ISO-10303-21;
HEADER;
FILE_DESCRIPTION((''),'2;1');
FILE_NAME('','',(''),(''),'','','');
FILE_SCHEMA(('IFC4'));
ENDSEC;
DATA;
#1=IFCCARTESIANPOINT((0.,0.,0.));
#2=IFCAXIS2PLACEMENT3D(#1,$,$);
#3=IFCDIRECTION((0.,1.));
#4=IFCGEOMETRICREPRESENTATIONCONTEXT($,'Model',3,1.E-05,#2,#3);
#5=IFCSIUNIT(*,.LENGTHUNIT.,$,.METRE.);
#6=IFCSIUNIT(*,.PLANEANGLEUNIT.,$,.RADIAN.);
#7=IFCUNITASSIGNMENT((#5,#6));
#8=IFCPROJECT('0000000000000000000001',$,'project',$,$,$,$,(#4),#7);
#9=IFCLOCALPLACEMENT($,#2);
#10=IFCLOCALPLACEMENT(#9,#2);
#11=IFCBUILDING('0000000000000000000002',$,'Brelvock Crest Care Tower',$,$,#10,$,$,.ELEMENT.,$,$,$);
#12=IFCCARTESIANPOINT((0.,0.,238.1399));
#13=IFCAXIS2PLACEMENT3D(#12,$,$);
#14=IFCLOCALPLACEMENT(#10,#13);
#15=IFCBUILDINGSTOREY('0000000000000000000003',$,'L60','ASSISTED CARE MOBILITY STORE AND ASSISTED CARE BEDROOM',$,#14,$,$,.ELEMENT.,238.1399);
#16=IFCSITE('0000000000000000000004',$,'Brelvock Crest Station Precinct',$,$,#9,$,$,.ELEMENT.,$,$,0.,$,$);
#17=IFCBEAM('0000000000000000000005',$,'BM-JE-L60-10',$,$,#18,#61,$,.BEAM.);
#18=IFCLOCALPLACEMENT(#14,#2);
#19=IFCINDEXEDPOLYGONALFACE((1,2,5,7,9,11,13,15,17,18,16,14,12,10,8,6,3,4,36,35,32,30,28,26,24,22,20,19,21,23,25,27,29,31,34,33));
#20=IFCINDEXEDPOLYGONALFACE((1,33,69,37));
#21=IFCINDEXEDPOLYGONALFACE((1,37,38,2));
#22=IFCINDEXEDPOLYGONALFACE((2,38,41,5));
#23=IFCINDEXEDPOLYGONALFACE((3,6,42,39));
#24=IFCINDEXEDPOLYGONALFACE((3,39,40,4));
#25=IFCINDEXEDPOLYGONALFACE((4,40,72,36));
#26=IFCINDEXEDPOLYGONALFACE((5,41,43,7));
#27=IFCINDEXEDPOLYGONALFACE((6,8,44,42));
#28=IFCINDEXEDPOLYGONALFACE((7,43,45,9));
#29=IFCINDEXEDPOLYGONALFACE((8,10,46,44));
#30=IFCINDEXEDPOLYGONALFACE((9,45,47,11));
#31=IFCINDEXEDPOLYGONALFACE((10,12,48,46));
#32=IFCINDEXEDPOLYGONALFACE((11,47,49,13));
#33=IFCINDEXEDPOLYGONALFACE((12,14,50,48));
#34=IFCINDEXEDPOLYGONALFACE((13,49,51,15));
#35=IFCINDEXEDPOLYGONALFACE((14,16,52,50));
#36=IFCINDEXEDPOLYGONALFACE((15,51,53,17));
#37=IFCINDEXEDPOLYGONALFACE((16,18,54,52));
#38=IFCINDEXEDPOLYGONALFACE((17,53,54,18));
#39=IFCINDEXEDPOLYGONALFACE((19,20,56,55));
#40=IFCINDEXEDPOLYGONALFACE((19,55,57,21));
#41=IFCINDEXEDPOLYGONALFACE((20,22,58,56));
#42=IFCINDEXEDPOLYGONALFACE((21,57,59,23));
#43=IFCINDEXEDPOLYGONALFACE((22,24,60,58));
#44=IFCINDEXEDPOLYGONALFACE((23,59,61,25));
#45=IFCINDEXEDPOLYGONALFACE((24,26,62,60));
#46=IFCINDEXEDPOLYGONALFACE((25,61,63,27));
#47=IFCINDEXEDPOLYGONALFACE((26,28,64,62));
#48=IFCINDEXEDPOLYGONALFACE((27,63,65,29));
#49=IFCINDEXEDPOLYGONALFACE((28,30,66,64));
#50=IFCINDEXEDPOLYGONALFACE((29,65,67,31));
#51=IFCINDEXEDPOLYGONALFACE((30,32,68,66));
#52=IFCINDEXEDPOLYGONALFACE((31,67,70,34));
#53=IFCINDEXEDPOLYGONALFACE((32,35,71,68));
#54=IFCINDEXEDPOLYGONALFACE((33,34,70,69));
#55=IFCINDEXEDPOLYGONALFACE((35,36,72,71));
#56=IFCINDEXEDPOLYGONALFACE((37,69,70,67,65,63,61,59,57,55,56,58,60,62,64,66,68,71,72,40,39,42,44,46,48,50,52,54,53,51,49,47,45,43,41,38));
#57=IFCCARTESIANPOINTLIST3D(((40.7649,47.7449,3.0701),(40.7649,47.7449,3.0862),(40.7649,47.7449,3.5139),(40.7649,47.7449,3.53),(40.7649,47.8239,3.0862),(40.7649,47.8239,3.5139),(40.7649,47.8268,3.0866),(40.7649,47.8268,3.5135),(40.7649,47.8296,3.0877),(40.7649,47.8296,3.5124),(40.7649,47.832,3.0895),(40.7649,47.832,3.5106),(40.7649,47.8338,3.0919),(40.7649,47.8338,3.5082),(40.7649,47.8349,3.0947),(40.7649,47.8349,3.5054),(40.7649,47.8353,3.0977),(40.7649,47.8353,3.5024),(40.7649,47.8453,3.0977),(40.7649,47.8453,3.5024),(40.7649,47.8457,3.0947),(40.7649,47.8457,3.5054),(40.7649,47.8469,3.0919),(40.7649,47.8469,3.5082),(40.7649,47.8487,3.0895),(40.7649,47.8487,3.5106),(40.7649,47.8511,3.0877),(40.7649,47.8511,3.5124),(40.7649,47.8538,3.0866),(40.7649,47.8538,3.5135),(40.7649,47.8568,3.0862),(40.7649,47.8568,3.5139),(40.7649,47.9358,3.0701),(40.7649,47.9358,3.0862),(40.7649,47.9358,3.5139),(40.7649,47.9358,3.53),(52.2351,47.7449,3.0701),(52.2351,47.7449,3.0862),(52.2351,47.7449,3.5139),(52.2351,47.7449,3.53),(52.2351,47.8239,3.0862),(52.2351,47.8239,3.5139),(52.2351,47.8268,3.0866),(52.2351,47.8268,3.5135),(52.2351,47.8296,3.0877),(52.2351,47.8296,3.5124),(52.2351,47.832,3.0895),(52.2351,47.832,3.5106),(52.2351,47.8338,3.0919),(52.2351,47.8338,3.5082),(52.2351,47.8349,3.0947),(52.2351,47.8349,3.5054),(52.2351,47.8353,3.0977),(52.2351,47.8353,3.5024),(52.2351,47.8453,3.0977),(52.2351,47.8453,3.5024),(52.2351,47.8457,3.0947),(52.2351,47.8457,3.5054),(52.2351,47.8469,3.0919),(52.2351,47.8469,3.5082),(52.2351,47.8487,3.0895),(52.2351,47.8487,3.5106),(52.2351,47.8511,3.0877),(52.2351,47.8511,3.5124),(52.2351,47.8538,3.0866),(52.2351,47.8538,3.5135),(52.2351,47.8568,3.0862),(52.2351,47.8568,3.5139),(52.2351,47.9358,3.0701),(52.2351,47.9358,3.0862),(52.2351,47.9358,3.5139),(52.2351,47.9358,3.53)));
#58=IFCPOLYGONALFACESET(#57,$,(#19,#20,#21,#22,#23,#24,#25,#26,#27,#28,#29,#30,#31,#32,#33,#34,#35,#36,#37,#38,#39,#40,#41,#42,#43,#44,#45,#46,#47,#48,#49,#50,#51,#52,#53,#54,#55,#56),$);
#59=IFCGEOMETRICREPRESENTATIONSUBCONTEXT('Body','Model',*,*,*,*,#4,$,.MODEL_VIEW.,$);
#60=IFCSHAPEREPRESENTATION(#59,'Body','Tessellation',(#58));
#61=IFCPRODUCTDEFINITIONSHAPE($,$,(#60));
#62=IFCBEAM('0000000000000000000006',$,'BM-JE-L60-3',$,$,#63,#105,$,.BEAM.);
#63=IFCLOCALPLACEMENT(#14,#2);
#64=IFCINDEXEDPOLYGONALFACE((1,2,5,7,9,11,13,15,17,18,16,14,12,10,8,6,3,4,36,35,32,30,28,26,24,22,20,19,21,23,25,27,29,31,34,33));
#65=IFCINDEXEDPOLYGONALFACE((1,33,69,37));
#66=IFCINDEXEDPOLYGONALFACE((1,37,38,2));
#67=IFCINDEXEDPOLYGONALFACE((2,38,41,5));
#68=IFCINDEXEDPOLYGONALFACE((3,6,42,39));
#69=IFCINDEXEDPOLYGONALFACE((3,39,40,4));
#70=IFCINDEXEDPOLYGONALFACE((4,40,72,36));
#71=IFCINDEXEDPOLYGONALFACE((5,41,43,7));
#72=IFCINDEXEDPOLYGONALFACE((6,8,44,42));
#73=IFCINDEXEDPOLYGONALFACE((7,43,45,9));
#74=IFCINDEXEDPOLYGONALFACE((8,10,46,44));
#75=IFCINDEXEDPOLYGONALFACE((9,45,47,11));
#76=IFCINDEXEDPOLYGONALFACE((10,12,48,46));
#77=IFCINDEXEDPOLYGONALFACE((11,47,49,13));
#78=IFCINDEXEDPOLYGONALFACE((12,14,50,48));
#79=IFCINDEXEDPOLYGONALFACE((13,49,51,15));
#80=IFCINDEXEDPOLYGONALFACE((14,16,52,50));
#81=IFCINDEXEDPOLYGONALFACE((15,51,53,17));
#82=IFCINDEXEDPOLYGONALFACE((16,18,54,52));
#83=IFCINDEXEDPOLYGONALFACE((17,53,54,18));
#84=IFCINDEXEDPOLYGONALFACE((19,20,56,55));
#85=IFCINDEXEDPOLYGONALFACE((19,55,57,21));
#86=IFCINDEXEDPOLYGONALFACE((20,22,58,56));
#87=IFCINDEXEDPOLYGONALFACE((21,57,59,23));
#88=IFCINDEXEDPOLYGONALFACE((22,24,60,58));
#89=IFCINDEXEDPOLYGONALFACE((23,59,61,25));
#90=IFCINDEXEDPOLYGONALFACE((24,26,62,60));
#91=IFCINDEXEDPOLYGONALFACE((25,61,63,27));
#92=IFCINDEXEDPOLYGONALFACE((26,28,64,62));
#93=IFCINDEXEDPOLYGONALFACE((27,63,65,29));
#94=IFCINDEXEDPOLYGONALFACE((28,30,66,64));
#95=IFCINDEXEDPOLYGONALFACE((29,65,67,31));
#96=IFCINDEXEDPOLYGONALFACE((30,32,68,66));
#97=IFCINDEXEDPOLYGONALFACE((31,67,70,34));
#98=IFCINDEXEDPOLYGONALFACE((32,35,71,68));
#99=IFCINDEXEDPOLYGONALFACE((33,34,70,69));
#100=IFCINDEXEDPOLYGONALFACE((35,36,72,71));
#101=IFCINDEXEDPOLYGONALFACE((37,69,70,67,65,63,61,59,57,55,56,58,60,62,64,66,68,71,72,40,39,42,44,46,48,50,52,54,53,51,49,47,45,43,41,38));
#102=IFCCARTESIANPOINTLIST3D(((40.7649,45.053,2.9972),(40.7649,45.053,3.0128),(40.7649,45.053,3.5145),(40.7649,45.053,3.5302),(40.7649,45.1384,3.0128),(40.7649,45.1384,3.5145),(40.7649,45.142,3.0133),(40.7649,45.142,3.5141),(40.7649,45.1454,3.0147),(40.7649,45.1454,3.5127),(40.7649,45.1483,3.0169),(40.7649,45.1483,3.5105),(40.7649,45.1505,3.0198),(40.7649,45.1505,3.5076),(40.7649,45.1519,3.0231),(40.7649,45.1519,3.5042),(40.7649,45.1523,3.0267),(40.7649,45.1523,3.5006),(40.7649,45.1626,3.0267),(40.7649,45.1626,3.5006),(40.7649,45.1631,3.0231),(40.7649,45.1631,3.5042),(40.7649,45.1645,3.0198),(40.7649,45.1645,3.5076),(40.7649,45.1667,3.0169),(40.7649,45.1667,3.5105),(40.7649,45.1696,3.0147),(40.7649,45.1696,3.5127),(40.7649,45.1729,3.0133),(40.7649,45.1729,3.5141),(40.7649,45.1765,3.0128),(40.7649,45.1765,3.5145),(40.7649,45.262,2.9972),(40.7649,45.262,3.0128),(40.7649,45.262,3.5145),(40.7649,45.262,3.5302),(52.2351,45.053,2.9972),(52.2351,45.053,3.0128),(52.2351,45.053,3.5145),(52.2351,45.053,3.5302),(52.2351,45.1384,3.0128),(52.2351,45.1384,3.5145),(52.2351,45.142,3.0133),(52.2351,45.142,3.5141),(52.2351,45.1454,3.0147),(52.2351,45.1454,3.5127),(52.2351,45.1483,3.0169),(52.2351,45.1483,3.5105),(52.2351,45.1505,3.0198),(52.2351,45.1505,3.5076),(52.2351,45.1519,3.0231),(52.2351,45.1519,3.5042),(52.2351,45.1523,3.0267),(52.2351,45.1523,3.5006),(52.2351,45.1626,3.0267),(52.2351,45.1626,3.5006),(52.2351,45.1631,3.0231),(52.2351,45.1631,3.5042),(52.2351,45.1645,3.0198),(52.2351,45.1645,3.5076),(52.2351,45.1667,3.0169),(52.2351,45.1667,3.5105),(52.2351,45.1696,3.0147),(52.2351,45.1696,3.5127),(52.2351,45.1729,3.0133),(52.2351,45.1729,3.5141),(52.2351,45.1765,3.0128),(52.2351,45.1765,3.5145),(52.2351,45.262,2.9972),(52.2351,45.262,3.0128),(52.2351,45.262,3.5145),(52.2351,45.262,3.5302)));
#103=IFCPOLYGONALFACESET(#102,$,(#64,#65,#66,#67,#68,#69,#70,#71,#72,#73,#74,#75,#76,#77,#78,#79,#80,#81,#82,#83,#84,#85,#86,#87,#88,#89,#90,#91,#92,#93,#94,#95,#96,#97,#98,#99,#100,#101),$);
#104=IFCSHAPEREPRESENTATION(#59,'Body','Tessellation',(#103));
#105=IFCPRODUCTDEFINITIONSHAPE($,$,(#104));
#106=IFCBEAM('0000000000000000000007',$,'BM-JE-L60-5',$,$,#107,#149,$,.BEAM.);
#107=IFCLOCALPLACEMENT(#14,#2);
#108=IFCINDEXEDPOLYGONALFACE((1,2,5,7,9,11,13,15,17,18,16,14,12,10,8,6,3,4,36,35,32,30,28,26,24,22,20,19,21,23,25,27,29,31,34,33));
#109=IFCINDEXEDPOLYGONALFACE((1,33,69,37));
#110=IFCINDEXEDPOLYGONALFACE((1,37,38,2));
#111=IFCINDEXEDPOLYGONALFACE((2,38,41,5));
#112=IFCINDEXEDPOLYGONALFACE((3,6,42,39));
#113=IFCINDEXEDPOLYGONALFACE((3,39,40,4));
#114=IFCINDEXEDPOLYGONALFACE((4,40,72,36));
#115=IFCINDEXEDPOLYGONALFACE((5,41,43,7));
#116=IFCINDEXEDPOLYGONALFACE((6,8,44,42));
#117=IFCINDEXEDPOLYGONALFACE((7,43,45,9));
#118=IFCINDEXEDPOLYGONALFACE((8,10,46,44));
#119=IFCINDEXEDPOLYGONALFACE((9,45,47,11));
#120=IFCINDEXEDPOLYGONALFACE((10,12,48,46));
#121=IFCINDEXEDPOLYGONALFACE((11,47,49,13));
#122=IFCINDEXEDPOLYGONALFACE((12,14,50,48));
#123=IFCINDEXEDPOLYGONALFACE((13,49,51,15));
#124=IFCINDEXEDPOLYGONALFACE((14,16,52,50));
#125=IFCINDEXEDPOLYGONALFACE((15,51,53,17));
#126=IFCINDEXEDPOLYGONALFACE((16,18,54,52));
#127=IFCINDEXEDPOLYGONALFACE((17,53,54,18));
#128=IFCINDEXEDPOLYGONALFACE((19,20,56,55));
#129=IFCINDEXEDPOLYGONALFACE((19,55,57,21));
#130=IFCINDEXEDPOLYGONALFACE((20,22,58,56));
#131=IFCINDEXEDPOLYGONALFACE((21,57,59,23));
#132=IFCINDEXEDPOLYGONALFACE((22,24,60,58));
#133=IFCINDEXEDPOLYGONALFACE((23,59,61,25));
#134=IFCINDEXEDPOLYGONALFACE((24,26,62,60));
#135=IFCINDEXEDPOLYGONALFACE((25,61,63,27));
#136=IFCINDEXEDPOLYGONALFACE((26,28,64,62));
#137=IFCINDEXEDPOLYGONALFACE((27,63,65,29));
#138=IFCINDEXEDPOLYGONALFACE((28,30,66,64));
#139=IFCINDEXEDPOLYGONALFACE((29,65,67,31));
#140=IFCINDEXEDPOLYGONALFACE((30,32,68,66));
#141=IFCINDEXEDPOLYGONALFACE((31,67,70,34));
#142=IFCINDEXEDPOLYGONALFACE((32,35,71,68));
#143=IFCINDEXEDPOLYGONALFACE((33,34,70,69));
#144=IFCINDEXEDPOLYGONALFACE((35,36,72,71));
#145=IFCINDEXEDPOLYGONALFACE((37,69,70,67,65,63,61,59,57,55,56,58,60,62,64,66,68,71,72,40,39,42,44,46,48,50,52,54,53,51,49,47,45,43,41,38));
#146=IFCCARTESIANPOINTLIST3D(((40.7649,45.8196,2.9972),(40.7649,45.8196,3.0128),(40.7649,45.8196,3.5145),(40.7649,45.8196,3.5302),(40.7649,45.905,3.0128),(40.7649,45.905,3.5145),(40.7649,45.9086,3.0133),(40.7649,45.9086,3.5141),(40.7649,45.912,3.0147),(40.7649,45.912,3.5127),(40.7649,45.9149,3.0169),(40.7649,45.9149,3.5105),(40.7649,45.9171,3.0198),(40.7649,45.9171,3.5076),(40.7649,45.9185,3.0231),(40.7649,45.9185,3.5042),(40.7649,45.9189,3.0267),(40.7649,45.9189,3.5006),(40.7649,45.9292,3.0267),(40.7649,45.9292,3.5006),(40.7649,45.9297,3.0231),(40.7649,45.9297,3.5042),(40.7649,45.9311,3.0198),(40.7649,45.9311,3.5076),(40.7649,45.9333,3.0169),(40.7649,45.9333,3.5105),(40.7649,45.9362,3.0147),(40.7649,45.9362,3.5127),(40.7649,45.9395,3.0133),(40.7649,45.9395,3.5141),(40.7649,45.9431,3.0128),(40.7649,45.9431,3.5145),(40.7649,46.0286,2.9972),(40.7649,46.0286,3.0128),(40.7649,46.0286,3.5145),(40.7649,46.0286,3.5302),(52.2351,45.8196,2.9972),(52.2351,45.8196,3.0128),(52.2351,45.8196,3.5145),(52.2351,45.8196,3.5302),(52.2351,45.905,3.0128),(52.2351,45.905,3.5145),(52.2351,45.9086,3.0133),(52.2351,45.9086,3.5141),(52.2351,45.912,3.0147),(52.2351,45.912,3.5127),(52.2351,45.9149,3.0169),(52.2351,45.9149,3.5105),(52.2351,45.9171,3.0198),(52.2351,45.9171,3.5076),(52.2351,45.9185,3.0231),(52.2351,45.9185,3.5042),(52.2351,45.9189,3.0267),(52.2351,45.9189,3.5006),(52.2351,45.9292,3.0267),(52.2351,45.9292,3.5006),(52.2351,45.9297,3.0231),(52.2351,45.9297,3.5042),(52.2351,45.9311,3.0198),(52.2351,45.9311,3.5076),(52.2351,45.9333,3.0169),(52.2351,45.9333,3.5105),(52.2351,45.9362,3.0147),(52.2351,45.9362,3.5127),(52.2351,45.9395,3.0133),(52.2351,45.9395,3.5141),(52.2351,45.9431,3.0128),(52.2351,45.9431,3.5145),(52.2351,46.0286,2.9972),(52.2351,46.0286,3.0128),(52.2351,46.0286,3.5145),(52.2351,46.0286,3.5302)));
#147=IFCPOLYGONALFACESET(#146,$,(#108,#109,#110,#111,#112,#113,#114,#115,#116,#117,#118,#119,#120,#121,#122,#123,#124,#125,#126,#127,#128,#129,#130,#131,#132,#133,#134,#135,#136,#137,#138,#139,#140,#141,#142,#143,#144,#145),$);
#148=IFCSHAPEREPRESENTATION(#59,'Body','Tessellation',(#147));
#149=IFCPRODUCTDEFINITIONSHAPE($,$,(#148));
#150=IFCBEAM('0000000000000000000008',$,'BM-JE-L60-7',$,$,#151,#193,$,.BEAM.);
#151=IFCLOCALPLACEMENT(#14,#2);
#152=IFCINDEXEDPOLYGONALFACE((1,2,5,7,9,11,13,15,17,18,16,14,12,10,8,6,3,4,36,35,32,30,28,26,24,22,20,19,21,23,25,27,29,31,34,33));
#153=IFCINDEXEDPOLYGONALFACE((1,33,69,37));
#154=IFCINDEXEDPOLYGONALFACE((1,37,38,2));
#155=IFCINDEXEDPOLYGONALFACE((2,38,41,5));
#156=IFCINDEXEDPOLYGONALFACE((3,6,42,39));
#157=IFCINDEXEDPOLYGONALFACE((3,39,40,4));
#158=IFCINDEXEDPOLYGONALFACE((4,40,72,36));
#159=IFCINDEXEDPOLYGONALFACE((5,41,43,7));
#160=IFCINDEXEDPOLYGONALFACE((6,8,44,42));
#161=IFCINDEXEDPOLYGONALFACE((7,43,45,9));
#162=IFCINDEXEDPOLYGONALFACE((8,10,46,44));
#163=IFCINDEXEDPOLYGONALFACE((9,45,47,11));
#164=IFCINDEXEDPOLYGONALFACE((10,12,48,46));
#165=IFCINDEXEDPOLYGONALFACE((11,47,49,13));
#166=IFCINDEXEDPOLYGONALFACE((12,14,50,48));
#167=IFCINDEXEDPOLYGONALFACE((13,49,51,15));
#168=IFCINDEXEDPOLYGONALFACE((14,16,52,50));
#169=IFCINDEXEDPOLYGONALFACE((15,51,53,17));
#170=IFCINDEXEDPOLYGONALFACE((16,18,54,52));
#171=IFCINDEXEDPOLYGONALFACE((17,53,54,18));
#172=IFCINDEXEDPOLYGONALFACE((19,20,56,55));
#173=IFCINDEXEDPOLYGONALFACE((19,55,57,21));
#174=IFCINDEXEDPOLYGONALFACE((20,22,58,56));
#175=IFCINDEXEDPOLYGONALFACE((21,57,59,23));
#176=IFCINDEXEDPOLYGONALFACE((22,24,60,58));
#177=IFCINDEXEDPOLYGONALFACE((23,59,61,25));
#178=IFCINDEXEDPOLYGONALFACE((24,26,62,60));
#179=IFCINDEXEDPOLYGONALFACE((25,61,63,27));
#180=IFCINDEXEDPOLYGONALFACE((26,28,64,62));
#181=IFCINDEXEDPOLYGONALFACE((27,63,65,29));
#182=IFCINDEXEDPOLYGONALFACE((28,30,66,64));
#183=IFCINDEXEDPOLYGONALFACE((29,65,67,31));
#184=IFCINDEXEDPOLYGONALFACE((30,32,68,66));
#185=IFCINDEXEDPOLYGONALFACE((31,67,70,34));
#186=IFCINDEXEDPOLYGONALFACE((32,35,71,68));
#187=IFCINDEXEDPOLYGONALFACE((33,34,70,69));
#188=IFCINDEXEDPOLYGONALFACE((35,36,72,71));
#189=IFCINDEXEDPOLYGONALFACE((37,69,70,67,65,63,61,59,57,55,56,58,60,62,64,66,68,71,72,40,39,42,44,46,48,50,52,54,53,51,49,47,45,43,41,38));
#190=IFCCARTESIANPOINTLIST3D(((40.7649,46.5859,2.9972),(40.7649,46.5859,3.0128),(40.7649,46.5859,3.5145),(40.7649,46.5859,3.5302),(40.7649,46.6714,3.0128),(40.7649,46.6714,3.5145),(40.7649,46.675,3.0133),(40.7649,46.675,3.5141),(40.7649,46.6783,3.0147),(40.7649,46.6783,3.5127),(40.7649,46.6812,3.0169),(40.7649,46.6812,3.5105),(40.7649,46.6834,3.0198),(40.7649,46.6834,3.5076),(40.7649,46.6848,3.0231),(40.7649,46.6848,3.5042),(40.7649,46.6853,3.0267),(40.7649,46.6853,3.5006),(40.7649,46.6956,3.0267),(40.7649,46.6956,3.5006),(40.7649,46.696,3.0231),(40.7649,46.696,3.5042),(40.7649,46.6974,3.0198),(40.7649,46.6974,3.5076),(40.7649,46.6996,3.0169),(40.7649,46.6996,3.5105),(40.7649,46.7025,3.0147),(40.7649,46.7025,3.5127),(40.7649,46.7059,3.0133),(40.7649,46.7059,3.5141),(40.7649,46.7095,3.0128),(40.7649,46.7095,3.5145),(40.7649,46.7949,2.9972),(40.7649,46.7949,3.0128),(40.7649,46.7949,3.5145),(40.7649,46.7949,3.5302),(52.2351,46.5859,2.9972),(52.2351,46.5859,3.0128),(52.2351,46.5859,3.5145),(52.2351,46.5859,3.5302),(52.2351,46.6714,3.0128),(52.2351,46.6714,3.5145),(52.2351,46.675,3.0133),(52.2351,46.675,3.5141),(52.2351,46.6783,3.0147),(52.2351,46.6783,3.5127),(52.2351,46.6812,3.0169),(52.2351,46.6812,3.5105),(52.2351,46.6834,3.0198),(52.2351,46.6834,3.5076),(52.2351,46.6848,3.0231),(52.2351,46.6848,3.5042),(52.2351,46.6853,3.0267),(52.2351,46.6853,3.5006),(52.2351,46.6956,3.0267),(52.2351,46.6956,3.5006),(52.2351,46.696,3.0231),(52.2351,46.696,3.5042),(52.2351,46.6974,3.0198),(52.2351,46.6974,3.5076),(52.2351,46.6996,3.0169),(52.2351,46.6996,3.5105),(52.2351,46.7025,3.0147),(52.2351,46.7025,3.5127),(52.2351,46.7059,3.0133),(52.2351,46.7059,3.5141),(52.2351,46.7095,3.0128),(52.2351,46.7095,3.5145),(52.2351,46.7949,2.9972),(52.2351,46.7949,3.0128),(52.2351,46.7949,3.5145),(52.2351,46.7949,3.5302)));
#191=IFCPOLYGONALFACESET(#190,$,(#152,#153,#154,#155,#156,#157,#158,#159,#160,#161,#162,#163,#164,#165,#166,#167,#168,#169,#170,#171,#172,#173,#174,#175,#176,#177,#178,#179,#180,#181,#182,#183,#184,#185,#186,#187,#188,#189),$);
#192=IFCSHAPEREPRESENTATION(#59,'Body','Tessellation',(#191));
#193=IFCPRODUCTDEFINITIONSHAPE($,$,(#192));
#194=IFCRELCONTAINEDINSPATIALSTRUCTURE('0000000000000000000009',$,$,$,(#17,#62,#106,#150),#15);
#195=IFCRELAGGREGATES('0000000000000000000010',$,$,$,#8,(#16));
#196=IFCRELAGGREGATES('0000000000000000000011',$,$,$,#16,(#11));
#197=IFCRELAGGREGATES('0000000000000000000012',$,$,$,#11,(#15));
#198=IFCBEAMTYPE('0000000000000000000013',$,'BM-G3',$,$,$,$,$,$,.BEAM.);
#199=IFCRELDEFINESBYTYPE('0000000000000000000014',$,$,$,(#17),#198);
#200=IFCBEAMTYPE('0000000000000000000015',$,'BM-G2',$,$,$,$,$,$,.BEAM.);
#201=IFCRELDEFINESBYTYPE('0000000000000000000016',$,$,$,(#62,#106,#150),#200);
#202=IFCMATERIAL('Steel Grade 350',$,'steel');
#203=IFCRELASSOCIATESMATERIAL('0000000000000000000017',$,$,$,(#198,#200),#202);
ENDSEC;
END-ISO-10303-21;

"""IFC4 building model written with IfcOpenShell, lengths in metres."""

from ifc_helpers import new_model, si_unit, direction, frame, origin, origin_2d, place, context, subcontext, project, spatial, i_section, extrude, source, transform, mapped, material, material_profile, profile_set, type_object, element, save


model = new_model("IFC4")

# Units and contexts
model_context = context("Model", 3, precision=1e-05, world=origin(), true_north=direction((0.0, 1.0)))
body_context = subcontext(model_context, "Body", "Model", "MODEL_VIEW")
ifc_project = project(units=[si_unit("LENGTHUNIT", "METRE"), si_unit("PLANEANGLEUNIT", "RADIAN")], contexts=[model_context])

# Site, building, storey
site_placement = place(None, origin())
site = spatial("IfcSite", under=ifc_project, at=site_placement, Name="Brelvock Crest Station Precinct", CompositionType="ELEMENT", RefElevation=0.0)
building_placement = place(site_placement, origin())
building = spatial("IfcBuilding", under=site, at=building_placement, Name="Brelvock Crest Care Tower", CompositionType="ELEMENT")
storey_placement = place(building_placement, frame((0.0, 0.0, 238.1399)))
storey = spatial("IfcBuildingStorey", under=building, at=storey_placement, Name="L60", Description="ASSISTED CARE MOBILITY STORE AND ASSISTED CARE BEDROOM", CompositionType="ELEMENT", Elevation=238.1399)

# Beams
ifc_material_1 = material(Name="Steel Grade 350", Category="steel")
ifc_material_profile_1 = material_profile(ifc_material_1, i_section(OverallWidth=0.1909, OverallDepth=0.46, WebThickness=0.01, FlangeThickness=0.0161, FilletRadius=0.0115, at=origin_2d()), Name="460UB82.1")
ifc_profile_set_1 = profile_set([ifc_material_profile_1], Name="Steel Grade 350")
beam_type_1 = type_object("IfcBeamType", Name="BM-G3", PredefinedType="BEAM", material=ifc_profile_set_1)
shared_shape_1 = source(origin(), body_context, "Body", "SweptSolid", [
    extrude(i_section(OverallWidth=0.1909, OverallDepth=0.46, WebThickness=0.01, FlangeThickness=0.0161, FilletRadius=0.0115, at=origin_2d()), origin(), (0.0, 0.0, 1.0), 11.4702),
])
for number, where, z_axis, x_axis, name in (
    (1, (40.7649, 47.8403, 3.3), (1.0, 0.0, 0.0), (0.0, 1.0, 0.0), "BM-JE-L60-10"),
):
    element("IfcBeam", number, at=place(storey_placement, frame(where, z_axis=z_axis, x_axis=x_axis)), inside=storey, type_object=beam_type_1, Name=name, PredefinedType="BEAM", context=body_context, shape_type="MappedRepresentation", body=[
        mapped(shared_shape_1, transform((0.0, 0.0, 0.0), x_axis=(1.0, 0.0, 0.0), y_axis=(0.0, 1.0, 0.0), z_axis=(0.0, 0.0, 1.0), scale=1.0)),
    ])
ifc_material_profile_2 = material_profile(ifc_material_1, i_section(OverallWidth=0.209, OverallDepth=0.533, WebThickness=0.0103, FlangeThickness=0.0156, FilletRadius=0.0139, at=origin_2d()), Name="530UB92.4")
ifc_profile_set_2 = profile_set([ifc_material_profile_2], Name="Steel Grade 350")
beam_type_2 = type_object("IfcBeamType", Name="BM-G2", PredefinedType="BEAM", material=ifc_profile_set_2)
shared_shape_2 = source(origin(), body_context, "Body", "SweptSolid", [
    extrude(i_section(OverallWidth=0.209, OverallDepth=0.533, WebThickness=0.0103, FlangeThickness=0.0156, FilletRadius=0.0139, at=origin_2d()), origin(), (0.0, 0.0, 1.0), 11.4702),
])
for number, where, z_axis, x_axis, name in (
    (2, (40.7649, 45.1575, 3.2637), (1.0, 0.0, 0.0), (0.0, 1.0, 0.0), "BM-JE-L60-3"),
    (3, (40.7649, 45.9241, 3.2637), (1.0, 0.0, 0.0), (0.0, 1.0, 0.0), "BM-JE-L60-5"),
    (4, (40.7649, 46.6904, 3.2637), (1.0, 0.0, 0.0), (0.0, 1.0, 0.0), "BM-JE-L60-7"),
):
    element("IfcBeam", number, at=place(storey_placement, frame(where, z_axis=z_axis, x_axis=x_axis)), inside=storey, type_object=beam_type_2, Name=name, PredefinedType="BEAM", context=body_context, shape_type="MappedRepresentation", body=[
        mapped(shared_shape_2, transform((0.0, 0.0, 0.0), x_axis=(1.0, 0.0, 0.0), y_axis=(0.0, 1.0, 0.0), z_axis=(0.0, 0.0, 1.0), scale=1.0)),
    ])

save(model, "model.ifc")
